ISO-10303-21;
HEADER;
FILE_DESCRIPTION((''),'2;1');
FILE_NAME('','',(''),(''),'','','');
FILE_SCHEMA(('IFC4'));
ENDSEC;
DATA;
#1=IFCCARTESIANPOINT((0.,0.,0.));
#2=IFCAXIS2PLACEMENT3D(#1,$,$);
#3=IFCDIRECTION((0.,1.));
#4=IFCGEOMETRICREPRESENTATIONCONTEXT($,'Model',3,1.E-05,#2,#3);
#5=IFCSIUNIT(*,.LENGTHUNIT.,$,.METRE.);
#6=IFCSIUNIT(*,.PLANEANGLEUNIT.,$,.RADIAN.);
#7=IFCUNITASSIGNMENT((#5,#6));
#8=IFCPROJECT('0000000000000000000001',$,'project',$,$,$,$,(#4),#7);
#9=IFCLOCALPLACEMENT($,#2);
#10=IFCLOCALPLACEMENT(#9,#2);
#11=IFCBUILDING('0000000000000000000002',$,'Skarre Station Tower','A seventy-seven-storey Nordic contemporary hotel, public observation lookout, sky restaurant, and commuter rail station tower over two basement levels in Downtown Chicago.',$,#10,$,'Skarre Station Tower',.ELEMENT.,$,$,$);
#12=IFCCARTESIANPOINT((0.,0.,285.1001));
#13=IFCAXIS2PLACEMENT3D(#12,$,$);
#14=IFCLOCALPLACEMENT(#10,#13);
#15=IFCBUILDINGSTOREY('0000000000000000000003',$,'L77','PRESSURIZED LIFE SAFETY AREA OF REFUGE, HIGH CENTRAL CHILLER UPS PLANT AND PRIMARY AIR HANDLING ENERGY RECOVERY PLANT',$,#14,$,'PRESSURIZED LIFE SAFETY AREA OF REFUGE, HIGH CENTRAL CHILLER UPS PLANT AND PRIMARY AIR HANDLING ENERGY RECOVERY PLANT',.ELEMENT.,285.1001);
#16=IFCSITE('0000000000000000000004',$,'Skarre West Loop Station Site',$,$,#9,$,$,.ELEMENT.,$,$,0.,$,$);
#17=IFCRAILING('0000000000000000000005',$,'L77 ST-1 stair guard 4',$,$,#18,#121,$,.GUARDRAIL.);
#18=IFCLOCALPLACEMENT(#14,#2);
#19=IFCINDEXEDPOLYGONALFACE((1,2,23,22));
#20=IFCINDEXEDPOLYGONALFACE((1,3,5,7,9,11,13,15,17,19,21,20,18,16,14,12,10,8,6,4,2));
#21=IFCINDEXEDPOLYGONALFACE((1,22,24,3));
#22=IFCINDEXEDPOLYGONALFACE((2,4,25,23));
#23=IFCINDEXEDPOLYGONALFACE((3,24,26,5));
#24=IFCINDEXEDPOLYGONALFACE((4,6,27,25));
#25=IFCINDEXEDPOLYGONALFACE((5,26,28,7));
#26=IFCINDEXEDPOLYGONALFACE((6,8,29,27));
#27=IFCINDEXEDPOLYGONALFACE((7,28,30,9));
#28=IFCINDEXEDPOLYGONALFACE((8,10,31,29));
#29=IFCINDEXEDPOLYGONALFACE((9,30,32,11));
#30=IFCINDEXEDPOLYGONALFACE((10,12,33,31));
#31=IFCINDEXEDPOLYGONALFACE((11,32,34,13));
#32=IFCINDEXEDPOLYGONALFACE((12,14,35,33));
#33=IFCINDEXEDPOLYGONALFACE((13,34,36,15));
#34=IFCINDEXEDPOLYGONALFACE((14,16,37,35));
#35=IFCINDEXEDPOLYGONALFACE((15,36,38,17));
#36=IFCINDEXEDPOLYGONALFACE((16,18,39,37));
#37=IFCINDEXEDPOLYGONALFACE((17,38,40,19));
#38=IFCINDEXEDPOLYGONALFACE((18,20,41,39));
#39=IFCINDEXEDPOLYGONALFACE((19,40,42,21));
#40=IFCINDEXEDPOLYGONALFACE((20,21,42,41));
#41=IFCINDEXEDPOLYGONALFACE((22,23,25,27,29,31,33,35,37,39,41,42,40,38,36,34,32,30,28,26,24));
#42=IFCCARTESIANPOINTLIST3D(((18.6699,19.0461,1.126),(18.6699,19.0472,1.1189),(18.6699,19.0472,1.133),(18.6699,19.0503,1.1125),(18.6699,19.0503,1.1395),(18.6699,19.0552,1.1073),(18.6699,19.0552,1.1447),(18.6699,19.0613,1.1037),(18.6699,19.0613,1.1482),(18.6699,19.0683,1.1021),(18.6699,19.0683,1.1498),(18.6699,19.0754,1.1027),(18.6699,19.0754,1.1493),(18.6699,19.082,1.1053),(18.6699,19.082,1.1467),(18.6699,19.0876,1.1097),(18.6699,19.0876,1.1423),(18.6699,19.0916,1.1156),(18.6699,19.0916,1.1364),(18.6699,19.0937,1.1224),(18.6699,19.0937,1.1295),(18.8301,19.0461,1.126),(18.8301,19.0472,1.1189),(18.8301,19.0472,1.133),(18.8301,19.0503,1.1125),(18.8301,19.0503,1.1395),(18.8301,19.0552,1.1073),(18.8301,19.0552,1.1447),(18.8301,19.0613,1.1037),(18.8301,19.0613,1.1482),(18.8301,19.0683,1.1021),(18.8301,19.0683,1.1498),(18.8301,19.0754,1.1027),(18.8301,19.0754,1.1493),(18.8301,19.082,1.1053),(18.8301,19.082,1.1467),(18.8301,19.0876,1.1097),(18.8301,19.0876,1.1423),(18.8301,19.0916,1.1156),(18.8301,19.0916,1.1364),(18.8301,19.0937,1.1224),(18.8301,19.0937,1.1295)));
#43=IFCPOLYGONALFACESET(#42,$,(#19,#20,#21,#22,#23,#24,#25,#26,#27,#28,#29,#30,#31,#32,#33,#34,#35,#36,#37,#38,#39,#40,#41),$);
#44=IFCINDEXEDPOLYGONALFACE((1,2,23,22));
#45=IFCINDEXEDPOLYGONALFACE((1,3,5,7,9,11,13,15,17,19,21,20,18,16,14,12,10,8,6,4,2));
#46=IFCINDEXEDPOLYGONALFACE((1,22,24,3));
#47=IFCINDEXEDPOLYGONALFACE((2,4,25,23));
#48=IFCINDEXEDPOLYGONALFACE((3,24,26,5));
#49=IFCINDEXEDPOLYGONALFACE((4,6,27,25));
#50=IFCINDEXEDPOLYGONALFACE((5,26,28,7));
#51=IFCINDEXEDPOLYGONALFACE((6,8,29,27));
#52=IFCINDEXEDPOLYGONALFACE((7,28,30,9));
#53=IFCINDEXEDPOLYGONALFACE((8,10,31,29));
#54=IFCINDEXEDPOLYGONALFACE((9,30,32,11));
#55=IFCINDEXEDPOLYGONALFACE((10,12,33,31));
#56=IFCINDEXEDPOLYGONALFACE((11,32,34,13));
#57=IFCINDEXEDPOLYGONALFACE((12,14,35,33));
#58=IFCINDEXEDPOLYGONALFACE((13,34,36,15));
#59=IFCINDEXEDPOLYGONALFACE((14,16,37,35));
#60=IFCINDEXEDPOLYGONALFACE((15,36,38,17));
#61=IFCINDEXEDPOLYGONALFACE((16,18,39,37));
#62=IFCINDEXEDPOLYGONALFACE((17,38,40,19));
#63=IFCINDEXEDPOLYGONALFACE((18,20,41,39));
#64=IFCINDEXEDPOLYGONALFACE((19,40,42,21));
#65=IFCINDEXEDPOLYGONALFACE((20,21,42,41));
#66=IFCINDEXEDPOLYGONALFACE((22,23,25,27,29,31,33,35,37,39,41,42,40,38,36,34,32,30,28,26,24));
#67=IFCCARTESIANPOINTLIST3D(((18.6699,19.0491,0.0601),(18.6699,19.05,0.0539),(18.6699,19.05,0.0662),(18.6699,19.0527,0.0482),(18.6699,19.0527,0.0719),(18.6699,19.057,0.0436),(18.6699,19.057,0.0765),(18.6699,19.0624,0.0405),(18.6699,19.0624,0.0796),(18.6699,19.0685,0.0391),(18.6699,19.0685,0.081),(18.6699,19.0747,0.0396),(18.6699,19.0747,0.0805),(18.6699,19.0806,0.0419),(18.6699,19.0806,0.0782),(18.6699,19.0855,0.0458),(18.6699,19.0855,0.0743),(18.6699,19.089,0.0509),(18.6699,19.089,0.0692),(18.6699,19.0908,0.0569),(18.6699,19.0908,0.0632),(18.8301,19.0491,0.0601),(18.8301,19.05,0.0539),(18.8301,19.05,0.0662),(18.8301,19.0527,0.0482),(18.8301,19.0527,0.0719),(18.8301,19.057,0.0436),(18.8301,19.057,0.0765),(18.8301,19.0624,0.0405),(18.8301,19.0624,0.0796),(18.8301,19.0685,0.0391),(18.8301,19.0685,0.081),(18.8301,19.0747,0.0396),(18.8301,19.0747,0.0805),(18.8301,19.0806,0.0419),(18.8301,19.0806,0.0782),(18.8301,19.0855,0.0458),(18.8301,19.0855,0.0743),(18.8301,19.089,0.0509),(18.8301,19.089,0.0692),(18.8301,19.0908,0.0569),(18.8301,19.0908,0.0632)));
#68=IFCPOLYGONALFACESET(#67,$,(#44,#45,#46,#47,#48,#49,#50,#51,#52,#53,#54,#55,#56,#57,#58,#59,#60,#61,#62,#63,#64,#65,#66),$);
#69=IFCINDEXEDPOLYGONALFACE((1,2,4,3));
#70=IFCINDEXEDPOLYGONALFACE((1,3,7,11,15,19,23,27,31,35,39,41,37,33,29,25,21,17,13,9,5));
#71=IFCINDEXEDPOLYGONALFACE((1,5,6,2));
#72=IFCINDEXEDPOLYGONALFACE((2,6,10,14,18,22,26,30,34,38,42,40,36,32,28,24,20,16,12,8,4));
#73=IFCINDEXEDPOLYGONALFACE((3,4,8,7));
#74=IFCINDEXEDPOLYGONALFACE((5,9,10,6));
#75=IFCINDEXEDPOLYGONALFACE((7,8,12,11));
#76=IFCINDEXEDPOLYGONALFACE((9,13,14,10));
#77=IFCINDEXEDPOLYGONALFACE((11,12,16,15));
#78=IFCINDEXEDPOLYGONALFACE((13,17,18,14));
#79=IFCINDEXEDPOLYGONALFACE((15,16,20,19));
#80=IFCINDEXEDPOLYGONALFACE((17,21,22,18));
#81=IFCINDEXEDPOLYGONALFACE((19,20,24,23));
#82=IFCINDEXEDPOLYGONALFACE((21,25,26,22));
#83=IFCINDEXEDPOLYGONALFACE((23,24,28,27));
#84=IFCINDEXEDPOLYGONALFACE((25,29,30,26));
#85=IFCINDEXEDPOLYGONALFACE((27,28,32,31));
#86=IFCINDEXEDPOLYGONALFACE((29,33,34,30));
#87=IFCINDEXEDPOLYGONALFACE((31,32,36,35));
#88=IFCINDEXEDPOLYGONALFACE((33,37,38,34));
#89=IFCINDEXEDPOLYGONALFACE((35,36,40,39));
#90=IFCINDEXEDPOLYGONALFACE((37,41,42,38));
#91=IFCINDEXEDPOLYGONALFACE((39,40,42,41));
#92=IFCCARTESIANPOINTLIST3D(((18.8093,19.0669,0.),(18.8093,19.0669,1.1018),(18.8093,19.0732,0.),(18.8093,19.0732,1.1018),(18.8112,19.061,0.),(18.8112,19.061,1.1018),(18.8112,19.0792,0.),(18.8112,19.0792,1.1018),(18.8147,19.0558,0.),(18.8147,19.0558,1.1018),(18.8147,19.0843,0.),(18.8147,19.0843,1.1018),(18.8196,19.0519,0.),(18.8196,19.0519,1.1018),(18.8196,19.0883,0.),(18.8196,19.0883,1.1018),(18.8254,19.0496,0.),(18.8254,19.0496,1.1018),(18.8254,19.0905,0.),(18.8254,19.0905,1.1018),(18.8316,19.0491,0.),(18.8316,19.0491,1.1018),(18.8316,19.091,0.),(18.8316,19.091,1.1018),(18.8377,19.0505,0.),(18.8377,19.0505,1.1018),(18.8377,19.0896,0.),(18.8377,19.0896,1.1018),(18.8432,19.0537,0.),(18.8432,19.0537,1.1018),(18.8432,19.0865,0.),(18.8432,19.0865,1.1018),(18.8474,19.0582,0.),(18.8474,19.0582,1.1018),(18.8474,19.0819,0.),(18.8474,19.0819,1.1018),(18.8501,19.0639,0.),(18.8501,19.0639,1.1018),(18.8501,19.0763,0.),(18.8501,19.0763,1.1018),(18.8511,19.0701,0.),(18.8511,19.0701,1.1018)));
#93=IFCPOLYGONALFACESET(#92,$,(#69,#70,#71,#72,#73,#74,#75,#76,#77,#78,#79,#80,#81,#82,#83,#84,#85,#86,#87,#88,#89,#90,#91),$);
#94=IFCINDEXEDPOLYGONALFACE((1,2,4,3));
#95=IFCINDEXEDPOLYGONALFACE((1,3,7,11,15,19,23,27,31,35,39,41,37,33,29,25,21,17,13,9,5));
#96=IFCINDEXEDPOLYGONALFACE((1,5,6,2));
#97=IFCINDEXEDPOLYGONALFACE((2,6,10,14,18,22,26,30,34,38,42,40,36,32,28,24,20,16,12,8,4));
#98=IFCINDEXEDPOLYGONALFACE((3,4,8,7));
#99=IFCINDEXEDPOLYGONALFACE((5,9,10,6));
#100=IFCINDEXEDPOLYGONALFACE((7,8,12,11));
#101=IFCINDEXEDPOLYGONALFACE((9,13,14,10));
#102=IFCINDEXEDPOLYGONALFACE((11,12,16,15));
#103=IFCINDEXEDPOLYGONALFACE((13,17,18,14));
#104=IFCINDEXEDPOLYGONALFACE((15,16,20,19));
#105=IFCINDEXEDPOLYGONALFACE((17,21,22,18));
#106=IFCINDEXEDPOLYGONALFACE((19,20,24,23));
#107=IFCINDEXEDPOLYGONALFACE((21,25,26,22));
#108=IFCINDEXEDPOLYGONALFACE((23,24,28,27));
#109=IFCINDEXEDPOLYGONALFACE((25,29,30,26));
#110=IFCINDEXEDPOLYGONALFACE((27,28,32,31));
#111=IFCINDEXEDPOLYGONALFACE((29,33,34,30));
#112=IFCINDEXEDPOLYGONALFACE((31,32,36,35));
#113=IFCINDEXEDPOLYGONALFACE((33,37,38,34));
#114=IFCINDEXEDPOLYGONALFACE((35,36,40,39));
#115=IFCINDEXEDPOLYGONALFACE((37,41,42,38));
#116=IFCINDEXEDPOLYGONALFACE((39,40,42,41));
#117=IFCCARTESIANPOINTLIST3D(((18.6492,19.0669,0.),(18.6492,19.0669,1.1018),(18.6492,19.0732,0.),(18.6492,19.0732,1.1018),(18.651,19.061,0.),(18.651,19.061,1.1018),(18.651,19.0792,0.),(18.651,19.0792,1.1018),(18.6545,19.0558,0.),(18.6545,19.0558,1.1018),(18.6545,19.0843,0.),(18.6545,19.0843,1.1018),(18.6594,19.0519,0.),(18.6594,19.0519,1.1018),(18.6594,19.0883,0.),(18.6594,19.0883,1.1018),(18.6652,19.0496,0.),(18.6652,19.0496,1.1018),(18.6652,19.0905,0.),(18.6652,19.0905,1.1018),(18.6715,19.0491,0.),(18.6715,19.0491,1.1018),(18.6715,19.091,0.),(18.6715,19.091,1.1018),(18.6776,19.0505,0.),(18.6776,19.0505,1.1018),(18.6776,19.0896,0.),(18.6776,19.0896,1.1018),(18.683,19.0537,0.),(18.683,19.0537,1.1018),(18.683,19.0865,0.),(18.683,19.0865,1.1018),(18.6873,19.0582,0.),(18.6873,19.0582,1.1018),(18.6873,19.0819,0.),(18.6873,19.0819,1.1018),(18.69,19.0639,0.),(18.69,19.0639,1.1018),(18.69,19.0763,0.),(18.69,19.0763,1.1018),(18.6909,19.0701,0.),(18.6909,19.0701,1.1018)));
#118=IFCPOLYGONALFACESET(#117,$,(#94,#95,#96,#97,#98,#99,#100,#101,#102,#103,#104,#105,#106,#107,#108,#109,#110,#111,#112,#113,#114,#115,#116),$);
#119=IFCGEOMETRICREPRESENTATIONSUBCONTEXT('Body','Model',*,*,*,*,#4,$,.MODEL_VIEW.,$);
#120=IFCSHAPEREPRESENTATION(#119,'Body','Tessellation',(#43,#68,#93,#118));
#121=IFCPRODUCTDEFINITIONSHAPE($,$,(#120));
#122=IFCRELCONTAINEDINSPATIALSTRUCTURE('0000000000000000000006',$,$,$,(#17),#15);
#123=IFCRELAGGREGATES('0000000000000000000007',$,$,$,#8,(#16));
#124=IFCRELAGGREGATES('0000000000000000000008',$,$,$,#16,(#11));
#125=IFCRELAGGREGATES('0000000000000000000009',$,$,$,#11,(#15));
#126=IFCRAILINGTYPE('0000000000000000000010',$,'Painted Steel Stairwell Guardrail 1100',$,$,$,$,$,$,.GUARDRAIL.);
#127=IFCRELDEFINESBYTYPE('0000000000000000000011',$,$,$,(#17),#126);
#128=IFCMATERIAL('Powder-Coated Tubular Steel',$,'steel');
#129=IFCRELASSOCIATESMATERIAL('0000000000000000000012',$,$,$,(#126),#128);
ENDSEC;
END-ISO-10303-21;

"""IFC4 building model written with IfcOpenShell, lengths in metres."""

from ifc_helpers import new_model, si_unit, direction, frame, origin, origin_2d, place, context, subcontext, project, spatial, circle, extrude, material, type_object, element, save


model = new_model("IFC4")

# Units and contexts
model_context = context("Model", 3, precision=1e-05, world=origin(), true_north=direction((0.0, 1.0)))
body_context = subcontext(model_context, "Body", "Model", "MODEL_VIEW")
ifc_project = project(units=[si_unit("LENGTHUNIT", "METRE"), si_unit("PLANEANGLEUNIT", "RADIAN")], contexts=[model_context])

# Site, building, storey
site_placement = place(None, origin())
site = spatial("IfcSite", under=ifc_project, at=site_placement, Name="Skarre West Loop Station Site", CompositionType="ELEMENT", RefElevation=0.0)
building_placement = place(site_placement, origin())
building = spatial("IfcBuilding", under=site, at=building_placement, Name="Skarre Station Tower", Description="A seventy-seven-storey Nordic contemporary hotel, public observation lookout, sky restaurant, and commuter rail station tower over two basement levels in Downtown Chicago.", LongName="Skarre Station Tower", CompositionType="ELEMENT")
storey_placement = place(building_placement, frame((0.0, 0.0, 285.1001)))
storey = spatial("IfcBuildingStorey", under=building, at=storey_placement, Name="L77", Description="PRESSURIZED LIFE SAFETY AREA OF REFUGE, HIGH CENTRAL CHILLER UPS PLANT AND PRIMARY AIR HANDLING ENERGY RECOVERY PLANT", LongName="PRESSURIZED LIFE SAFETY AREA OF REFUGE, HIGH CENTRAL CHILLER UPS PLANT AND PRIMARY AIR HANDLING ENERGY RECOVERY PLANT", CompositionType="ELEMENT", Elevation=285.1001)

# Railing
ifc_material_1 = material(Name="Powder-Coated Tubular Steel", Category="steel")
railing_type_1 = type_object("IfcRailingType", Name="Painted Steel Stairwell Guardrail 1100", PredefinedType="GUARDRAIL", material=ifc_material_1)
railing_1_placement = place(storey_placement, frame((18.8301, 19.0701, 0.0)))
element("IfcRailing", 1, at=railing_1_placement, inside=storey, type_object=railing_type_1, Name="L77 ST-1 stair guard 4", PredefinedType="GUARDRAIL", context=body_context, shape_type="SweptSolid", body=[
    extrude(circle(Radius=0.0239, at=origin_2d()), frame((0.0, 0.0, 1.126), z_axis=(-1.0, 0.0, 0.0), x_axis=(0.0, -1.0, 0.0)), (0.0, 0.0, 1.0), 0.1602),
    extrude(circle(Radius=0.021, at=origin_2d()), frame((0.0, 0.0, 0.0601), z_axis=(-1.0, 0.0, 0.0), x_axis=(0.0, -1.0, 0.0)), (0.0, 0.0, 1.0), 0.1602),
    extrude(circle(Radius=0.021, at=origin_2d()), origin(), (0.0, 0.0, 1.0), 1.1018),
    extrude(circle(Radius=0.021, at=origin_2d()), frame((-0.1602, 0.0, 0.0)), (0.0, 0.0, 1.0), 1.1018),
])

save(model, "model.ifc")
